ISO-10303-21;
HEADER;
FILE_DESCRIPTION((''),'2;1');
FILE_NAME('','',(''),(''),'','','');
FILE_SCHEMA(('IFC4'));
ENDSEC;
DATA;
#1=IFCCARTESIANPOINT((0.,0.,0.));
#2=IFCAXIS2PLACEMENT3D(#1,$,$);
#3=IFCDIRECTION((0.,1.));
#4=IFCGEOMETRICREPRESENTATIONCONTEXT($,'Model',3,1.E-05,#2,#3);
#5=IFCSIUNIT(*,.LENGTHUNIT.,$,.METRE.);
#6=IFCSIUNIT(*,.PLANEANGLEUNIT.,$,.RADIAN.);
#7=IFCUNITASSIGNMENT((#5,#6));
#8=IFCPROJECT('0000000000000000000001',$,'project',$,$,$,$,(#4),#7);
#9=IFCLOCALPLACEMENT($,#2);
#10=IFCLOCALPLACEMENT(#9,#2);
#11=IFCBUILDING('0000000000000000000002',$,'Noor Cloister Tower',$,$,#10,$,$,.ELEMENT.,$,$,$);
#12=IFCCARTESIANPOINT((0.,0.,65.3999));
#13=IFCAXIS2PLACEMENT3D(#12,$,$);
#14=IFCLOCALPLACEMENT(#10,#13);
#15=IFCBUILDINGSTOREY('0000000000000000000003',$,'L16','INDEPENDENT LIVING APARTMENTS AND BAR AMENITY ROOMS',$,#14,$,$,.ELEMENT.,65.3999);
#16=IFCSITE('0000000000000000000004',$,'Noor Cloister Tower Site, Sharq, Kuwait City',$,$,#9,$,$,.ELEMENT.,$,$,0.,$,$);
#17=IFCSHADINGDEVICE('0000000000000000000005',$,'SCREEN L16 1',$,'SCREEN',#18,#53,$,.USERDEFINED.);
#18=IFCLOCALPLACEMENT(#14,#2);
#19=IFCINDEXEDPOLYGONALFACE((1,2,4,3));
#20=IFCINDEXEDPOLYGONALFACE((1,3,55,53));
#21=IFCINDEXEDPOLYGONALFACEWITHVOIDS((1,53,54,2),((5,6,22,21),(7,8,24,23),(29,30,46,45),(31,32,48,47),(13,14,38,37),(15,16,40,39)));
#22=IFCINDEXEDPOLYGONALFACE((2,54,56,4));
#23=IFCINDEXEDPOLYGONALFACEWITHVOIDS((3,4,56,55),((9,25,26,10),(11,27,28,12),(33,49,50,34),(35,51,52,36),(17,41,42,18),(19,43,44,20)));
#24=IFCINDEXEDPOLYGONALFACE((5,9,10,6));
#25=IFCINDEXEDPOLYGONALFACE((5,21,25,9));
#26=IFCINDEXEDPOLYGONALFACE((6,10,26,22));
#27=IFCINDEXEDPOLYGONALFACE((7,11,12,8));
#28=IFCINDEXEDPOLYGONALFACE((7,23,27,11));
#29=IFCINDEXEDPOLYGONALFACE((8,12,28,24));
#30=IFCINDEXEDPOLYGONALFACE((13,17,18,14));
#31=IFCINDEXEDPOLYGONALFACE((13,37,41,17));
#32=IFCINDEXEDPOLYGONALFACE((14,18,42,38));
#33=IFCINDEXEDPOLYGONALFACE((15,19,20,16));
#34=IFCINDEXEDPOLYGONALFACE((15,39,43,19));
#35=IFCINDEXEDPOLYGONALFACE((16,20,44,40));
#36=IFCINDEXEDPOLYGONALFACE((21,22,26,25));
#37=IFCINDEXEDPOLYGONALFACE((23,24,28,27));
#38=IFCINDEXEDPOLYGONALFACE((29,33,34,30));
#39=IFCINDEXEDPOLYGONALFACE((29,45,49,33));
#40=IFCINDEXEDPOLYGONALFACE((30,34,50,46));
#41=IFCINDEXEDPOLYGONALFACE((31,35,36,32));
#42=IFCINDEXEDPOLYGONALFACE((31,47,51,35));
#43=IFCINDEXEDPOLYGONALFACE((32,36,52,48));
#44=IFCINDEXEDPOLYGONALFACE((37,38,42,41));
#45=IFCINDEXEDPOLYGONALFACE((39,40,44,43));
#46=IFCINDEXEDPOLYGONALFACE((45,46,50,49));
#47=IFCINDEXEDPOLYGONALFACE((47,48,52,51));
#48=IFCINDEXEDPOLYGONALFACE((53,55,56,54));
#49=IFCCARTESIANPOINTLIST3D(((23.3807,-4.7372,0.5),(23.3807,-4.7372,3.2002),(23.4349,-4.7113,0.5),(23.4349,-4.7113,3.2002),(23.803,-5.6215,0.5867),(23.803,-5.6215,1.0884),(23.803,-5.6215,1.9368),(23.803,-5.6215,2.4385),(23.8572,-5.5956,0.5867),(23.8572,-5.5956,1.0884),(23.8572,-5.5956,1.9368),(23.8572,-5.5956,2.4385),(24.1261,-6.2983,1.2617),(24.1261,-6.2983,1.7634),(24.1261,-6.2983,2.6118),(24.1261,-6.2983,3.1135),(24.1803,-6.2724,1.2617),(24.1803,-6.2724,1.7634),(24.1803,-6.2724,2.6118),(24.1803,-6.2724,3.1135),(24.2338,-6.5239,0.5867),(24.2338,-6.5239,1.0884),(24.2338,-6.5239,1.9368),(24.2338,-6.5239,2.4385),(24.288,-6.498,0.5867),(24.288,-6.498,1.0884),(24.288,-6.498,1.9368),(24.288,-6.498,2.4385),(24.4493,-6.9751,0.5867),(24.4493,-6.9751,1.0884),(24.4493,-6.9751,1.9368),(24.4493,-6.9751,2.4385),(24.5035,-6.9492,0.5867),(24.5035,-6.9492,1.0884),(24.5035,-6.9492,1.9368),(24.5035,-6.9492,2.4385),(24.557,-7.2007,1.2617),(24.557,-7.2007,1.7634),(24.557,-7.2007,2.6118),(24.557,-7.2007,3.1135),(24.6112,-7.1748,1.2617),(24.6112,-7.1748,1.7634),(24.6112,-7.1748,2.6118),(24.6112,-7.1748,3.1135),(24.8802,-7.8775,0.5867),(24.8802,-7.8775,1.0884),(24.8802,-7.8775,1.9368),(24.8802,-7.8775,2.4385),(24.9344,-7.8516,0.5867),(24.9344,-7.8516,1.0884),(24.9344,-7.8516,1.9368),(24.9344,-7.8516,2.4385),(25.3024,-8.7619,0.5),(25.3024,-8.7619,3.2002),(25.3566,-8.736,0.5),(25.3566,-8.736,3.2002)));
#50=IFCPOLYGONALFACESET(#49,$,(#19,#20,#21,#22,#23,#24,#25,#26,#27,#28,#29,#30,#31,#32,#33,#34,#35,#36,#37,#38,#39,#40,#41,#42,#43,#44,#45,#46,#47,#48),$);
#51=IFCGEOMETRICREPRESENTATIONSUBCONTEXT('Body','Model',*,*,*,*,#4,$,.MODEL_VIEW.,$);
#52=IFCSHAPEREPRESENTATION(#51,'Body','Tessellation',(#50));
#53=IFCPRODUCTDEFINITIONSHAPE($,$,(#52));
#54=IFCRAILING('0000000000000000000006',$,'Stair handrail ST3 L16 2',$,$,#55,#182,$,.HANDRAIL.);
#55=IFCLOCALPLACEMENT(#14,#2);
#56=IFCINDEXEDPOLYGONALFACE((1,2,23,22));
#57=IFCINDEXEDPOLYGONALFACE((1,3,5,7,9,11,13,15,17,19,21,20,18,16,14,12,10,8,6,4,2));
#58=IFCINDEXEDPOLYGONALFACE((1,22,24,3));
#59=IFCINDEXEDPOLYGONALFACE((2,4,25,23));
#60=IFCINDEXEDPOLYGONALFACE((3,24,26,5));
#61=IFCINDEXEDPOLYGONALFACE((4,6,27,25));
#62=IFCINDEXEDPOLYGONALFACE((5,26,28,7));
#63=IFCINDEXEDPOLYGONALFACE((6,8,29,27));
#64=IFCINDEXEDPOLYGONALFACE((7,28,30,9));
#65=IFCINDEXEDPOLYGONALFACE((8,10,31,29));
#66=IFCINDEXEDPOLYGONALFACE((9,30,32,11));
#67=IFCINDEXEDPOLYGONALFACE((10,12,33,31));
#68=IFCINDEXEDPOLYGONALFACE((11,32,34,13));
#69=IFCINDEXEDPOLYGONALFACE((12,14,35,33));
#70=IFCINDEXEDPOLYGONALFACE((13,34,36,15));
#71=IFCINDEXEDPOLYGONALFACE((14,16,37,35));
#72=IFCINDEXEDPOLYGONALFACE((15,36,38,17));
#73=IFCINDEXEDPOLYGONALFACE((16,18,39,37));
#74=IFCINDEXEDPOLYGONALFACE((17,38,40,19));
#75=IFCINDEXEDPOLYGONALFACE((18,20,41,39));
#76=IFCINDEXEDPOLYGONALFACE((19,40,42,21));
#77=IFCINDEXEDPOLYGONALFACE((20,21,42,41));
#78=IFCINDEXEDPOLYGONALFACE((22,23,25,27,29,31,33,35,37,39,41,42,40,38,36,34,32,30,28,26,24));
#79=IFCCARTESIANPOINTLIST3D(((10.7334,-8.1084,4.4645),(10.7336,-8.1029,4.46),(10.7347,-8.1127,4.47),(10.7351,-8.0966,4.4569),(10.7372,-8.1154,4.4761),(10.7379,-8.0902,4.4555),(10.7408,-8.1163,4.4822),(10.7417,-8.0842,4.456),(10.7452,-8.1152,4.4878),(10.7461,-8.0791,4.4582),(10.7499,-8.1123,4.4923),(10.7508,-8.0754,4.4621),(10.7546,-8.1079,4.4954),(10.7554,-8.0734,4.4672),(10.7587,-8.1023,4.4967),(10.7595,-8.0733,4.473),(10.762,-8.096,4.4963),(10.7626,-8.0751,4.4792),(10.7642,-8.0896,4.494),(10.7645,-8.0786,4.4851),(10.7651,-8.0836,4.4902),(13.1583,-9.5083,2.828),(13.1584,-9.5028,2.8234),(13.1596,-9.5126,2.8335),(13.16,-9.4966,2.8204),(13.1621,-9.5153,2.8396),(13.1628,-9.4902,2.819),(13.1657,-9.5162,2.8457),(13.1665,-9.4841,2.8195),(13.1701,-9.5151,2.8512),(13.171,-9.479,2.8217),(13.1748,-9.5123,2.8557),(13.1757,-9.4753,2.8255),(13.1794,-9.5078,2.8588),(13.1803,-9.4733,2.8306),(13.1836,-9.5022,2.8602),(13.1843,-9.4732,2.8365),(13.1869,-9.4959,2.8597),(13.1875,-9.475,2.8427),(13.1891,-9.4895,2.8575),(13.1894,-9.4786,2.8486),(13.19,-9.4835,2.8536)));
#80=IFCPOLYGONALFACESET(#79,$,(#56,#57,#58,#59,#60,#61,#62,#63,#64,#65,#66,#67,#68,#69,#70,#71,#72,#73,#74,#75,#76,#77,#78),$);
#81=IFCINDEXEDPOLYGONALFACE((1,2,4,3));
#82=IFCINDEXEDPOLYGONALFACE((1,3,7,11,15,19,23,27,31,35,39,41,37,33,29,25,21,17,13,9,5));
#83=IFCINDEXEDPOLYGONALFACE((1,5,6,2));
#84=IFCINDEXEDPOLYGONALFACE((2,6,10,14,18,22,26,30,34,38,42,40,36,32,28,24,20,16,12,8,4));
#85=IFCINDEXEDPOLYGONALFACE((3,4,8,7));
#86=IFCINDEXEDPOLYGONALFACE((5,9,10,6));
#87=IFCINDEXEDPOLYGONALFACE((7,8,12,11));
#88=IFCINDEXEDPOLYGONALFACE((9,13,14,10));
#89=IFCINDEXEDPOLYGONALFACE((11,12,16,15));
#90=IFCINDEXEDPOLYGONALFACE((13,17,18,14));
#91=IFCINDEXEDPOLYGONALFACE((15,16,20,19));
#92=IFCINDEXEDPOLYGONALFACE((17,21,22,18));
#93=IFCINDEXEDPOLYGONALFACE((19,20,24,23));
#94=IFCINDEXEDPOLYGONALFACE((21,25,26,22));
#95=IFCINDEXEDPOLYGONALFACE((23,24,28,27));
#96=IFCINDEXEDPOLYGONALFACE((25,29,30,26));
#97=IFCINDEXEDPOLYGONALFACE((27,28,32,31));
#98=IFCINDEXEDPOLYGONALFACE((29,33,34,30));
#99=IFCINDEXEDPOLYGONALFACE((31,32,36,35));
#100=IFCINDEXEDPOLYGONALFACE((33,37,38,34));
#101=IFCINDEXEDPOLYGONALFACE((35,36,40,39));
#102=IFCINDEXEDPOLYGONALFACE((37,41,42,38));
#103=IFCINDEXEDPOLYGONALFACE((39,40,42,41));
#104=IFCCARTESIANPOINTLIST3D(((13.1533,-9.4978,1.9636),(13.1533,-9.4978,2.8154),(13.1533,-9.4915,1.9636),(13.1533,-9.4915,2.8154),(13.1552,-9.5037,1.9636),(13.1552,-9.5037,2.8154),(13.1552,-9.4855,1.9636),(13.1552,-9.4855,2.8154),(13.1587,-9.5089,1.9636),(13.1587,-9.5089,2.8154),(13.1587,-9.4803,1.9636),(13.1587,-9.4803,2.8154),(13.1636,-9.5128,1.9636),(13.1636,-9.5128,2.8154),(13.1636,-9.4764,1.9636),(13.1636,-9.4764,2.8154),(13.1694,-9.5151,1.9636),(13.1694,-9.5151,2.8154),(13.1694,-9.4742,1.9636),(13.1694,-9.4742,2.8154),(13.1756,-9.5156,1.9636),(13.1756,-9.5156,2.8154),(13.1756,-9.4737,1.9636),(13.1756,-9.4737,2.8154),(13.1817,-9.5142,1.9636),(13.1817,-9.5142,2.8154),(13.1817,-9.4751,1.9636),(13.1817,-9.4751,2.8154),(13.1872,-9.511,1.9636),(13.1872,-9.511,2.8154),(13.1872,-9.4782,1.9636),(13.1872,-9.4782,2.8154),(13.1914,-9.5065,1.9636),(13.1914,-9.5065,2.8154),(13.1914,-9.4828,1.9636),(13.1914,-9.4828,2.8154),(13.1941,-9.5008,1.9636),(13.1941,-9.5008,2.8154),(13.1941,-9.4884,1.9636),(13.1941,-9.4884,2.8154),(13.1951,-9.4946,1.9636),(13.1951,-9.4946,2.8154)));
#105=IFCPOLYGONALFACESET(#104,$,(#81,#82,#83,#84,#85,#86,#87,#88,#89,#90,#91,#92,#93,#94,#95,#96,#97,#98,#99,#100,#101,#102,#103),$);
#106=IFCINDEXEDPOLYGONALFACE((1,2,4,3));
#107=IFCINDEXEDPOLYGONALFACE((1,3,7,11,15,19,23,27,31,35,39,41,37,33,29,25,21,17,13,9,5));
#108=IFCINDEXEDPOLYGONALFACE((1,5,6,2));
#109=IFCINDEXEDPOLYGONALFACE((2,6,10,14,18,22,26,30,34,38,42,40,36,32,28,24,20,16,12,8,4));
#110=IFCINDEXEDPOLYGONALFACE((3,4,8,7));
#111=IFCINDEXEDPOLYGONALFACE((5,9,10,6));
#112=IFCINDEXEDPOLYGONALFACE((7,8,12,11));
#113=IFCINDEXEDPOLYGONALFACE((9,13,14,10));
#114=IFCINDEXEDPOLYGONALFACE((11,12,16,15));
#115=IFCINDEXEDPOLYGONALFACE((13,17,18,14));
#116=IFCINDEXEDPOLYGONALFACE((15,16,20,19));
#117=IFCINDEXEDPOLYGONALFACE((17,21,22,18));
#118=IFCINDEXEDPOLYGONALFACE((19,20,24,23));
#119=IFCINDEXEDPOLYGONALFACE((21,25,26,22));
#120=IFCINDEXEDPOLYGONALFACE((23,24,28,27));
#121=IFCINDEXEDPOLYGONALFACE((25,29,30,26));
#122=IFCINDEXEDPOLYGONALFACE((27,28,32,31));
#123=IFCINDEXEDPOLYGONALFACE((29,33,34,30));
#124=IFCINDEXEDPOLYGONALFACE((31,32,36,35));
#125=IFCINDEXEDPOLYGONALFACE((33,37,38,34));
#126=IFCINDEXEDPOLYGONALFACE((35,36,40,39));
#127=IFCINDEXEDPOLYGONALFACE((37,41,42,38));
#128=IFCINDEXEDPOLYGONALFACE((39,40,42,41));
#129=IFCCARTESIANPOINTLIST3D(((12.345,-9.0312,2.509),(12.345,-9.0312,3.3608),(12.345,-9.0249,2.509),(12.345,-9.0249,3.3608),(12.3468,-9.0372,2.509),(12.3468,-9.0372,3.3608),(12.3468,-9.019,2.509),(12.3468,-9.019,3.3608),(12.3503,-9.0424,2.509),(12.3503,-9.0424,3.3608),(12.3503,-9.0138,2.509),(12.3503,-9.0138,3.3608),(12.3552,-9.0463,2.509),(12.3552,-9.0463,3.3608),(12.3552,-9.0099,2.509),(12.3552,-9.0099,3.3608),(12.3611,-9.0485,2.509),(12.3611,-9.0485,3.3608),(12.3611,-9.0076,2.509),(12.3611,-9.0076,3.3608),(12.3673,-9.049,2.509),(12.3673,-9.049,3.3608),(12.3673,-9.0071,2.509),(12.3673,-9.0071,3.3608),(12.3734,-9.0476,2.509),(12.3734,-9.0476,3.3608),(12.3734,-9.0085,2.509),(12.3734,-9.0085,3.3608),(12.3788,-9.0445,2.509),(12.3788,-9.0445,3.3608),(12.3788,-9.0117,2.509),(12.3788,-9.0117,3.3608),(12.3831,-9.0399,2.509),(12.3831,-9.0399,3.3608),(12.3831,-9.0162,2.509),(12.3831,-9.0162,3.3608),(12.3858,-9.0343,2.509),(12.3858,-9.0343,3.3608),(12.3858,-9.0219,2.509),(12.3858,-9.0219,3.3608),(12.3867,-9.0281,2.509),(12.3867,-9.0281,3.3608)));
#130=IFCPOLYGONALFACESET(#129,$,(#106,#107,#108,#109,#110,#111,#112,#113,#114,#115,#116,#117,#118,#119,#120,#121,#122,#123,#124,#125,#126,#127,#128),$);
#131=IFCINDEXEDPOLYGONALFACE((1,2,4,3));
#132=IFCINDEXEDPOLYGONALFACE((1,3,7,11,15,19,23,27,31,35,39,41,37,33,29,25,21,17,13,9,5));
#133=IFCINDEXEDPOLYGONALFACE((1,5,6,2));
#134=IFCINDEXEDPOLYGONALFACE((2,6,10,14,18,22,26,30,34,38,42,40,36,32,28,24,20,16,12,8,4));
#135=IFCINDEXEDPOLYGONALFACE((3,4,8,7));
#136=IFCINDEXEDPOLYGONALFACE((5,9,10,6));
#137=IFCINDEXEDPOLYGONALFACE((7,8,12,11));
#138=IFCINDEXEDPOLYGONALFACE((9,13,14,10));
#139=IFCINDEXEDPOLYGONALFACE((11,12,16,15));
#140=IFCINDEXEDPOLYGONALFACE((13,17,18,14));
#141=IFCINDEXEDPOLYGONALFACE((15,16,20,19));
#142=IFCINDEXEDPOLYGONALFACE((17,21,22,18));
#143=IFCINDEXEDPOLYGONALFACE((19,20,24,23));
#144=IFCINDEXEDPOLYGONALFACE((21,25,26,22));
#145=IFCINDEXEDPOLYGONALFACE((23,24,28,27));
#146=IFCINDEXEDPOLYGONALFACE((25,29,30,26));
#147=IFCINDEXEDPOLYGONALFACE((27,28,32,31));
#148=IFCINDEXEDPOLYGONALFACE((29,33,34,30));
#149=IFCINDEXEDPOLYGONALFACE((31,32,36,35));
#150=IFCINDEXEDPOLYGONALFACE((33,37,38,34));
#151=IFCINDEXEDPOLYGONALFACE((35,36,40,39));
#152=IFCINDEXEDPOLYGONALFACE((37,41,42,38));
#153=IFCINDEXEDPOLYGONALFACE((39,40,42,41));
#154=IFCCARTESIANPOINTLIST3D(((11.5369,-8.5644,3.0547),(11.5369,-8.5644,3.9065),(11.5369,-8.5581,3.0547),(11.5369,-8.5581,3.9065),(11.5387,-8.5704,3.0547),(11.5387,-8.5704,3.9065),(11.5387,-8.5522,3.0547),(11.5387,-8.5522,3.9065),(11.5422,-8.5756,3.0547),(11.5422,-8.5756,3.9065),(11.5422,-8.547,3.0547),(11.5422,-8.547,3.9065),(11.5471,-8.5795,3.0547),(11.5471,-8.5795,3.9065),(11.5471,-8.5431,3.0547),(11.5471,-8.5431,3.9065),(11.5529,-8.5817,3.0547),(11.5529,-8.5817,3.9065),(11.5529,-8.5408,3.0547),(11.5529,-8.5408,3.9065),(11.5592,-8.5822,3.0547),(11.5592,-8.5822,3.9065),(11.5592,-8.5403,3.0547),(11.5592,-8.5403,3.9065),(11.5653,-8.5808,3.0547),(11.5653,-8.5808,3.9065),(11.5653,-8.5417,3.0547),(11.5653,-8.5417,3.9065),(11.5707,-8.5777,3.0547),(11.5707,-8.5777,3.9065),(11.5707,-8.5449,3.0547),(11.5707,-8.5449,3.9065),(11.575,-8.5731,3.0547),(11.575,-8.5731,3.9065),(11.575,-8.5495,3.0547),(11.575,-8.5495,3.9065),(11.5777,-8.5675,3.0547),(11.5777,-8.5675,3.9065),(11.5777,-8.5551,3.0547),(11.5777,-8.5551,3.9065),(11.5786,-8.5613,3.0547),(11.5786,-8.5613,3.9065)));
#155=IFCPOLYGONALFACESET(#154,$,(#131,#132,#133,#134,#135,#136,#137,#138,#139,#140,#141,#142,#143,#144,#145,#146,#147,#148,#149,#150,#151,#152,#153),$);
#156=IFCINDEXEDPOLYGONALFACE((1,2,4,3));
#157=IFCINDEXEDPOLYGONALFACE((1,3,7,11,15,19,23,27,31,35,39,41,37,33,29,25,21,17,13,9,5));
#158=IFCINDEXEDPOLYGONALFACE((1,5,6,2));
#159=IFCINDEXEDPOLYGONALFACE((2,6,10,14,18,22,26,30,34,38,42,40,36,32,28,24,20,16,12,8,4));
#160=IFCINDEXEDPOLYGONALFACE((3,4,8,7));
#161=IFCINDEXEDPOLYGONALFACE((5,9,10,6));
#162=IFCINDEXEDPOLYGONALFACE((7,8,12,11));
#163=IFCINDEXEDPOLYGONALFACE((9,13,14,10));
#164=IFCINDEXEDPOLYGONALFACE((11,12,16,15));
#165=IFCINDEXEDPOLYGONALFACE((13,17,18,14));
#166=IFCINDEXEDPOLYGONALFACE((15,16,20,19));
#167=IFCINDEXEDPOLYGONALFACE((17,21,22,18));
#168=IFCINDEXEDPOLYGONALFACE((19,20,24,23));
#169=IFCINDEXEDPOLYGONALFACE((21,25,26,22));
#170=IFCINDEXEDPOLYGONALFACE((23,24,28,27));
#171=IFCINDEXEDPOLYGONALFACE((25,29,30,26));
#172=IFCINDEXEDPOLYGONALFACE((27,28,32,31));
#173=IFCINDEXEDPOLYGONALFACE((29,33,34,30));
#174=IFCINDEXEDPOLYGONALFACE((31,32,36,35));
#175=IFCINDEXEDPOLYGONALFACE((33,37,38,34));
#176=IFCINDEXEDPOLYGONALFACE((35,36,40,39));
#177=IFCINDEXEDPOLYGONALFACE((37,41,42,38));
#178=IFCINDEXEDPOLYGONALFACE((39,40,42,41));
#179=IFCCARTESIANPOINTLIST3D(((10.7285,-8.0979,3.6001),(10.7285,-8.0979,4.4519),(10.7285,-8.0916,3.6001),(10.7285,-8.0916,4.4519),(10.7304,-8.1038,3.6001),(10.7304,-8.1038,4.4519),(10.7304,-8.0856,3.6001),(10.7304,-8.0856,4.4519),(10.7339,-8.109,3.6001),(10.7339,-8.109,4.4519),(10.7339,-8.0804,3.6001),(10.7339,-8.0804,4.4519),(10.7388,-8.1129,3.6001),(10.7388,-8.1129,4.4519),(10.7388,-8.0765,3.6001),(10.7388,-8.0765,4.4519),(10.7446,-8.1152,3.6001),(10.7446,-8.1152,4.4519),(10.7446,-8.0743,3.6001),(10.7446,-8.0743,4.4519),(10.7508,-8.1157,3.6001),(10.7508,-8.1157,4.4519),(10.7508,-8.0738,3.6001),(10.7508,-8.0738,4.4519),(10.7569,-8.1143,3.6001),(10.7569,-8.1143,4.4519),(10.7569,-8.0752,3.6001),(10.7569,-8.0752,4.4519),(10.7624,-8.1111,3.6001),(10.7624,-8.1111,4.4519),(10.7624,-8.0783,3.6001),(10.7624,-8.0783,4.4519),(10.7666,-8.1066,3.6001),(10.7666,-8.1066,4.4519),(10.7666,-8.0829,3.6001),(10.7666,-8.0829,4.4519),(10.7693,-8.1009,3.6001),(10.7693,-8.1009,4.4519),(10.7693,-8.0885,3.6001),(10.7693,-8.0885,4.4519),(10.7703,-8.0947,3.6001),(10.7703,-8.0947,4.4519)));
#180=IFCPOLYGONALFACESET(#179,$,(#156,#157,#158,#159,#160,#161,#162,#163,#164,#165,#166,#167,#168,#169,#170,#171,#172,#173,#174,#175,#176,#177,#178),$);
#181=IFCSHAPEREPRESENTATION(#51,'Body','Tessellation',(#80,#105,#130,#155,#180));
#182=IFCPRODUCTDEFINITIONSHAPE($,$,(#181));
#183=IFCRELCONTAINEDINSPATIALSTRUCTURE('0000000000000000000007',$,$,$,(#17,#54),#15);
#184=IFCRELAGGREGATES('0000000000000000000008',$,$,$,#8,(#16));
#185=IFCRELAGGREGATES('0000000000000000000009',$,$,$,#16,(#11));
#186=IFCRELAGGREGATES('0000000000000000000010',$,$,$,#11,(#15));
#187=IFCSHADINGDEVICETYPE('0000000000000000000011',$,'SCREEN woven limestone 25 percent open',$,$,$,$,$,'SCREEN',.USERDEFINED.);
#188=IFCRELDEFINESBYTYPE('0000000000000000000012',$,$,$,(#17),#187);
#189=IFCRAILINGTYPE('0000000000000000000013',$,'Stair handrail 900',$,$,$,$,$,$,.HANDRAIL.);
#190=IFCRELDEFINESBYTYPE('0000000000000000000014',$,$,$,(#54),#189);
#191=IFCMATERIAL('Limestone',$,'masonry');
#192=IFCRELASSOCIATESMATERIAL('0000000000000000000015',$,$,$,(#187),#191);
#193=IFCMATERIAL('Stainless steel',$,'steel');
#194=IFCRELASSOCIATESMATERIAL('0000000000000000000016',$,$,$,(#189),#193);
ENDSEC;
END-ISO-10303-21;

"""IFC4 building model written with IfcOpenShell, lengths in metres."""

from ifc_helpers import new_model, si_unit, direction, frame, origin, origin_2d, place, context, subcontext, project, spatial, polyline, circle, outline, extrude, material, material_profile, profile_set, type_object, element, save


model = new_model("IFC4")

# Units and contexts
model_context = context("Model", 3, precision=1e-05, world=origin(), true_north=direction((0.0, 1.0)))
body_context = subcontext(model_context, "Body", "Model", "MODEL_VIEW")
ifc_project = project(units=[si_unit("LENGTHUNIT", "METRE"), si_unit("PLANEANGLEUNIT", "RADIAN")], contexts=[model_context])

# Site, building, storey
site_placement = place(None, origin())
site = spatial("IfcSite", under=ifc_project, at=site_placement, Name="Noor Cloister Tower Site, Sharq, Kuwait City", CompositionType="ELEMENT", RefElevation=0.0)
building_placement = place(site_placement, origin())
building = spatial("IfcBuilding", under=site, at=building_placement, Name="Noor Cloister Tower", CompositionType="ELEMENT")
storey_placement = place(building_placement, frame((0.0, 0.0, 65.3999)))
storey = spatial("IfcBuildingStorey", under=building, at=storey_placement, Name="L16", Description="INDEPENDENT LIVING APARTMENTS AND BAR AMENITY ROOMS", CompositionType="ELEMENT", Elevation=65.3999)

# Shading device
ifc_material_1 = material(Name="Limestone", Category="masonry")
ifc_material_profile_1 = material_profile(ifc_material_1, outline(polyline([(-2.23, -1.3501), (2.23, -1.3501), (2.23, 1.3501), (-2.23, 1.3501), (-2.23, -1.3501)]), holes=[polyline([(-1.25, -1.2634), (-0.25, -1.2634), (-0.25, -0.7617), (-1.25, -0.7617), (-1.25, -1.2634)]), polyline([(0.25, -1.2634), (1.25, -1.2634), (1.25, -0.7617), (0.25, -0.7617), (0.25, -1.2634)]), polyline([(-0.5, -0.5884), (0.5, -0.5884), (0.5, -0.0867), (-0.5, -0.0867), (-0.5, -0.5884)]), polyline([(-1.25, 0.0867), (-0.25, 0.0867), (-0.25, 0.5884), (-1.25, 0.5884), (-1.25, 0.0867)]), polyline([(0.25, 0.0867), (1.25, 0.0867), (1.25, 0.5884), (0.25, 0.5884), (0.25, 0.0867)]), polyline([(-0.5, 0.7617), (0.5, 0.7617), (0.5, 1.2634), (-0.5, 1.2634), (-0.5, 0.7617)])]), Name="Woven screen 25 percent open")
ifc_profile_set_1 = profile_set([ifc_material_profile_1], Name="Limestone")
shading_device_type = type_object("IfcShadingDeviceType", Name="SCREEN woven limestone 25 percent open", ElementType="SCREEN", PredefinedType="USERDEFINED", material=ifc_profile_set_1)
for number, where, z_axis, x_axis, name in (
    (1, (24.3416, -6.7495, 1.8501), (0.902409, 0.43088, 0.0), (-0.43088, 0.902409, 0.0), "SCREEN L16 1"),
):
    element("IfcShadingDevice", number, at=place(storey_placement, frame(where, z_axis=z_axis, x_axis=x_axis)), inside=storey, type_object=shading_device_type, Name=name, ObjectType="SCREEN", PredefinedType="USERDEFINED", context=body_context, shape_type="SweptSolid", body=[
        extrude(outline(polyline([(-2.23, -1.3501), (2.23, -1.3501), (2.23, 1.3501), (-2.23, 1.3501), (-2.23, -1.3501)]), holes=[polyline([(-1.25, -1.2634), (-0.25, -1.2634), (-0.25, -0.7617), (-1.25, -0.7617), (-1.25, -1.2634)]), polyline([(0.25, -1.2634), (1.25, -1.2634), (1.25, -0.7617), (0.25, -0.7617), (0.25, -1.2634)]), polyline([(-0.5, -0.5884), (0.5, -0.5884), (0.5, -0.0867), (-0.5, -0.0867), (-0.5, -0.5884)]), polyline([(-1.25, 0.0867), (-0.25, 0.0867), (-0.25, 0.5884), (-1.25, 0.5884), (-1.25, 0.0867)]), polyline([(0.25, 0.0867), (1.25, 0.0867), (1.25, 0.5884), (0.25, 0.5884), (0.25, 0.0867)]), polyline([(-0.5, 0.7617), (0.5, 0.7617), (0.5, 1.2634), (-0.5, 1.2634), (-0.5, 0.7617)])]), origin(), (0.0, 0.0, 1.0), 0.0601),
    ])

# Railing
ifc_material_2 = material(Name="Stainless steel", Category="steel")
railing_type = type_object("IfcRailingType", Name="Stair handrail 900", PredefinedType="HANDRAIL", material=ifc_material_2)
railing_placement = place(storey_placement, frame((13.1741, -9.4946, 1.9636)))
element("IfcRailing", 2, at=railing_placement, inside=storey, type_object=railing_type, Name="Stair handrail ST3 L16 2", PredefinedType="HANDRAIL", context=body_context, shape_type="SweptSolid", body=[
    extrude(circle(Radius=0.0239, at=origin_2d()), frame((0.0, 0.0, 0.876), z_axis=(-0.74769, 0.431661, 0.504608), x_axis=(-0.499984, -0.866035, 0.0)), (0.0, 0.0, 1.0), 3.2432),
    extrude(circle(Radius=0.021, at=origin_2d()), origin(), (0.0, 0.0, 1.0), 0.8518),
    extrude(circle(Radius=0.021, at=origin_2d()), frame((-0.8083, 0.4666, 0.5454)), (0.0, 0.0, 1.0), 0.8518),
    extrude(circle(Radius=0.021, at=origin_2d()), frame((-1.6165, 0.9333, 1.0911)), (0.0, 0.0, 1.0), 0.8518),
    extrude(circle(Radius=0.021, at=origin_2d()), frame((-2.4248, 1.3999, 1.6365)), (0.0, 0.0, 1.0), 0.8518),
])

save(model, "model.ifc")
